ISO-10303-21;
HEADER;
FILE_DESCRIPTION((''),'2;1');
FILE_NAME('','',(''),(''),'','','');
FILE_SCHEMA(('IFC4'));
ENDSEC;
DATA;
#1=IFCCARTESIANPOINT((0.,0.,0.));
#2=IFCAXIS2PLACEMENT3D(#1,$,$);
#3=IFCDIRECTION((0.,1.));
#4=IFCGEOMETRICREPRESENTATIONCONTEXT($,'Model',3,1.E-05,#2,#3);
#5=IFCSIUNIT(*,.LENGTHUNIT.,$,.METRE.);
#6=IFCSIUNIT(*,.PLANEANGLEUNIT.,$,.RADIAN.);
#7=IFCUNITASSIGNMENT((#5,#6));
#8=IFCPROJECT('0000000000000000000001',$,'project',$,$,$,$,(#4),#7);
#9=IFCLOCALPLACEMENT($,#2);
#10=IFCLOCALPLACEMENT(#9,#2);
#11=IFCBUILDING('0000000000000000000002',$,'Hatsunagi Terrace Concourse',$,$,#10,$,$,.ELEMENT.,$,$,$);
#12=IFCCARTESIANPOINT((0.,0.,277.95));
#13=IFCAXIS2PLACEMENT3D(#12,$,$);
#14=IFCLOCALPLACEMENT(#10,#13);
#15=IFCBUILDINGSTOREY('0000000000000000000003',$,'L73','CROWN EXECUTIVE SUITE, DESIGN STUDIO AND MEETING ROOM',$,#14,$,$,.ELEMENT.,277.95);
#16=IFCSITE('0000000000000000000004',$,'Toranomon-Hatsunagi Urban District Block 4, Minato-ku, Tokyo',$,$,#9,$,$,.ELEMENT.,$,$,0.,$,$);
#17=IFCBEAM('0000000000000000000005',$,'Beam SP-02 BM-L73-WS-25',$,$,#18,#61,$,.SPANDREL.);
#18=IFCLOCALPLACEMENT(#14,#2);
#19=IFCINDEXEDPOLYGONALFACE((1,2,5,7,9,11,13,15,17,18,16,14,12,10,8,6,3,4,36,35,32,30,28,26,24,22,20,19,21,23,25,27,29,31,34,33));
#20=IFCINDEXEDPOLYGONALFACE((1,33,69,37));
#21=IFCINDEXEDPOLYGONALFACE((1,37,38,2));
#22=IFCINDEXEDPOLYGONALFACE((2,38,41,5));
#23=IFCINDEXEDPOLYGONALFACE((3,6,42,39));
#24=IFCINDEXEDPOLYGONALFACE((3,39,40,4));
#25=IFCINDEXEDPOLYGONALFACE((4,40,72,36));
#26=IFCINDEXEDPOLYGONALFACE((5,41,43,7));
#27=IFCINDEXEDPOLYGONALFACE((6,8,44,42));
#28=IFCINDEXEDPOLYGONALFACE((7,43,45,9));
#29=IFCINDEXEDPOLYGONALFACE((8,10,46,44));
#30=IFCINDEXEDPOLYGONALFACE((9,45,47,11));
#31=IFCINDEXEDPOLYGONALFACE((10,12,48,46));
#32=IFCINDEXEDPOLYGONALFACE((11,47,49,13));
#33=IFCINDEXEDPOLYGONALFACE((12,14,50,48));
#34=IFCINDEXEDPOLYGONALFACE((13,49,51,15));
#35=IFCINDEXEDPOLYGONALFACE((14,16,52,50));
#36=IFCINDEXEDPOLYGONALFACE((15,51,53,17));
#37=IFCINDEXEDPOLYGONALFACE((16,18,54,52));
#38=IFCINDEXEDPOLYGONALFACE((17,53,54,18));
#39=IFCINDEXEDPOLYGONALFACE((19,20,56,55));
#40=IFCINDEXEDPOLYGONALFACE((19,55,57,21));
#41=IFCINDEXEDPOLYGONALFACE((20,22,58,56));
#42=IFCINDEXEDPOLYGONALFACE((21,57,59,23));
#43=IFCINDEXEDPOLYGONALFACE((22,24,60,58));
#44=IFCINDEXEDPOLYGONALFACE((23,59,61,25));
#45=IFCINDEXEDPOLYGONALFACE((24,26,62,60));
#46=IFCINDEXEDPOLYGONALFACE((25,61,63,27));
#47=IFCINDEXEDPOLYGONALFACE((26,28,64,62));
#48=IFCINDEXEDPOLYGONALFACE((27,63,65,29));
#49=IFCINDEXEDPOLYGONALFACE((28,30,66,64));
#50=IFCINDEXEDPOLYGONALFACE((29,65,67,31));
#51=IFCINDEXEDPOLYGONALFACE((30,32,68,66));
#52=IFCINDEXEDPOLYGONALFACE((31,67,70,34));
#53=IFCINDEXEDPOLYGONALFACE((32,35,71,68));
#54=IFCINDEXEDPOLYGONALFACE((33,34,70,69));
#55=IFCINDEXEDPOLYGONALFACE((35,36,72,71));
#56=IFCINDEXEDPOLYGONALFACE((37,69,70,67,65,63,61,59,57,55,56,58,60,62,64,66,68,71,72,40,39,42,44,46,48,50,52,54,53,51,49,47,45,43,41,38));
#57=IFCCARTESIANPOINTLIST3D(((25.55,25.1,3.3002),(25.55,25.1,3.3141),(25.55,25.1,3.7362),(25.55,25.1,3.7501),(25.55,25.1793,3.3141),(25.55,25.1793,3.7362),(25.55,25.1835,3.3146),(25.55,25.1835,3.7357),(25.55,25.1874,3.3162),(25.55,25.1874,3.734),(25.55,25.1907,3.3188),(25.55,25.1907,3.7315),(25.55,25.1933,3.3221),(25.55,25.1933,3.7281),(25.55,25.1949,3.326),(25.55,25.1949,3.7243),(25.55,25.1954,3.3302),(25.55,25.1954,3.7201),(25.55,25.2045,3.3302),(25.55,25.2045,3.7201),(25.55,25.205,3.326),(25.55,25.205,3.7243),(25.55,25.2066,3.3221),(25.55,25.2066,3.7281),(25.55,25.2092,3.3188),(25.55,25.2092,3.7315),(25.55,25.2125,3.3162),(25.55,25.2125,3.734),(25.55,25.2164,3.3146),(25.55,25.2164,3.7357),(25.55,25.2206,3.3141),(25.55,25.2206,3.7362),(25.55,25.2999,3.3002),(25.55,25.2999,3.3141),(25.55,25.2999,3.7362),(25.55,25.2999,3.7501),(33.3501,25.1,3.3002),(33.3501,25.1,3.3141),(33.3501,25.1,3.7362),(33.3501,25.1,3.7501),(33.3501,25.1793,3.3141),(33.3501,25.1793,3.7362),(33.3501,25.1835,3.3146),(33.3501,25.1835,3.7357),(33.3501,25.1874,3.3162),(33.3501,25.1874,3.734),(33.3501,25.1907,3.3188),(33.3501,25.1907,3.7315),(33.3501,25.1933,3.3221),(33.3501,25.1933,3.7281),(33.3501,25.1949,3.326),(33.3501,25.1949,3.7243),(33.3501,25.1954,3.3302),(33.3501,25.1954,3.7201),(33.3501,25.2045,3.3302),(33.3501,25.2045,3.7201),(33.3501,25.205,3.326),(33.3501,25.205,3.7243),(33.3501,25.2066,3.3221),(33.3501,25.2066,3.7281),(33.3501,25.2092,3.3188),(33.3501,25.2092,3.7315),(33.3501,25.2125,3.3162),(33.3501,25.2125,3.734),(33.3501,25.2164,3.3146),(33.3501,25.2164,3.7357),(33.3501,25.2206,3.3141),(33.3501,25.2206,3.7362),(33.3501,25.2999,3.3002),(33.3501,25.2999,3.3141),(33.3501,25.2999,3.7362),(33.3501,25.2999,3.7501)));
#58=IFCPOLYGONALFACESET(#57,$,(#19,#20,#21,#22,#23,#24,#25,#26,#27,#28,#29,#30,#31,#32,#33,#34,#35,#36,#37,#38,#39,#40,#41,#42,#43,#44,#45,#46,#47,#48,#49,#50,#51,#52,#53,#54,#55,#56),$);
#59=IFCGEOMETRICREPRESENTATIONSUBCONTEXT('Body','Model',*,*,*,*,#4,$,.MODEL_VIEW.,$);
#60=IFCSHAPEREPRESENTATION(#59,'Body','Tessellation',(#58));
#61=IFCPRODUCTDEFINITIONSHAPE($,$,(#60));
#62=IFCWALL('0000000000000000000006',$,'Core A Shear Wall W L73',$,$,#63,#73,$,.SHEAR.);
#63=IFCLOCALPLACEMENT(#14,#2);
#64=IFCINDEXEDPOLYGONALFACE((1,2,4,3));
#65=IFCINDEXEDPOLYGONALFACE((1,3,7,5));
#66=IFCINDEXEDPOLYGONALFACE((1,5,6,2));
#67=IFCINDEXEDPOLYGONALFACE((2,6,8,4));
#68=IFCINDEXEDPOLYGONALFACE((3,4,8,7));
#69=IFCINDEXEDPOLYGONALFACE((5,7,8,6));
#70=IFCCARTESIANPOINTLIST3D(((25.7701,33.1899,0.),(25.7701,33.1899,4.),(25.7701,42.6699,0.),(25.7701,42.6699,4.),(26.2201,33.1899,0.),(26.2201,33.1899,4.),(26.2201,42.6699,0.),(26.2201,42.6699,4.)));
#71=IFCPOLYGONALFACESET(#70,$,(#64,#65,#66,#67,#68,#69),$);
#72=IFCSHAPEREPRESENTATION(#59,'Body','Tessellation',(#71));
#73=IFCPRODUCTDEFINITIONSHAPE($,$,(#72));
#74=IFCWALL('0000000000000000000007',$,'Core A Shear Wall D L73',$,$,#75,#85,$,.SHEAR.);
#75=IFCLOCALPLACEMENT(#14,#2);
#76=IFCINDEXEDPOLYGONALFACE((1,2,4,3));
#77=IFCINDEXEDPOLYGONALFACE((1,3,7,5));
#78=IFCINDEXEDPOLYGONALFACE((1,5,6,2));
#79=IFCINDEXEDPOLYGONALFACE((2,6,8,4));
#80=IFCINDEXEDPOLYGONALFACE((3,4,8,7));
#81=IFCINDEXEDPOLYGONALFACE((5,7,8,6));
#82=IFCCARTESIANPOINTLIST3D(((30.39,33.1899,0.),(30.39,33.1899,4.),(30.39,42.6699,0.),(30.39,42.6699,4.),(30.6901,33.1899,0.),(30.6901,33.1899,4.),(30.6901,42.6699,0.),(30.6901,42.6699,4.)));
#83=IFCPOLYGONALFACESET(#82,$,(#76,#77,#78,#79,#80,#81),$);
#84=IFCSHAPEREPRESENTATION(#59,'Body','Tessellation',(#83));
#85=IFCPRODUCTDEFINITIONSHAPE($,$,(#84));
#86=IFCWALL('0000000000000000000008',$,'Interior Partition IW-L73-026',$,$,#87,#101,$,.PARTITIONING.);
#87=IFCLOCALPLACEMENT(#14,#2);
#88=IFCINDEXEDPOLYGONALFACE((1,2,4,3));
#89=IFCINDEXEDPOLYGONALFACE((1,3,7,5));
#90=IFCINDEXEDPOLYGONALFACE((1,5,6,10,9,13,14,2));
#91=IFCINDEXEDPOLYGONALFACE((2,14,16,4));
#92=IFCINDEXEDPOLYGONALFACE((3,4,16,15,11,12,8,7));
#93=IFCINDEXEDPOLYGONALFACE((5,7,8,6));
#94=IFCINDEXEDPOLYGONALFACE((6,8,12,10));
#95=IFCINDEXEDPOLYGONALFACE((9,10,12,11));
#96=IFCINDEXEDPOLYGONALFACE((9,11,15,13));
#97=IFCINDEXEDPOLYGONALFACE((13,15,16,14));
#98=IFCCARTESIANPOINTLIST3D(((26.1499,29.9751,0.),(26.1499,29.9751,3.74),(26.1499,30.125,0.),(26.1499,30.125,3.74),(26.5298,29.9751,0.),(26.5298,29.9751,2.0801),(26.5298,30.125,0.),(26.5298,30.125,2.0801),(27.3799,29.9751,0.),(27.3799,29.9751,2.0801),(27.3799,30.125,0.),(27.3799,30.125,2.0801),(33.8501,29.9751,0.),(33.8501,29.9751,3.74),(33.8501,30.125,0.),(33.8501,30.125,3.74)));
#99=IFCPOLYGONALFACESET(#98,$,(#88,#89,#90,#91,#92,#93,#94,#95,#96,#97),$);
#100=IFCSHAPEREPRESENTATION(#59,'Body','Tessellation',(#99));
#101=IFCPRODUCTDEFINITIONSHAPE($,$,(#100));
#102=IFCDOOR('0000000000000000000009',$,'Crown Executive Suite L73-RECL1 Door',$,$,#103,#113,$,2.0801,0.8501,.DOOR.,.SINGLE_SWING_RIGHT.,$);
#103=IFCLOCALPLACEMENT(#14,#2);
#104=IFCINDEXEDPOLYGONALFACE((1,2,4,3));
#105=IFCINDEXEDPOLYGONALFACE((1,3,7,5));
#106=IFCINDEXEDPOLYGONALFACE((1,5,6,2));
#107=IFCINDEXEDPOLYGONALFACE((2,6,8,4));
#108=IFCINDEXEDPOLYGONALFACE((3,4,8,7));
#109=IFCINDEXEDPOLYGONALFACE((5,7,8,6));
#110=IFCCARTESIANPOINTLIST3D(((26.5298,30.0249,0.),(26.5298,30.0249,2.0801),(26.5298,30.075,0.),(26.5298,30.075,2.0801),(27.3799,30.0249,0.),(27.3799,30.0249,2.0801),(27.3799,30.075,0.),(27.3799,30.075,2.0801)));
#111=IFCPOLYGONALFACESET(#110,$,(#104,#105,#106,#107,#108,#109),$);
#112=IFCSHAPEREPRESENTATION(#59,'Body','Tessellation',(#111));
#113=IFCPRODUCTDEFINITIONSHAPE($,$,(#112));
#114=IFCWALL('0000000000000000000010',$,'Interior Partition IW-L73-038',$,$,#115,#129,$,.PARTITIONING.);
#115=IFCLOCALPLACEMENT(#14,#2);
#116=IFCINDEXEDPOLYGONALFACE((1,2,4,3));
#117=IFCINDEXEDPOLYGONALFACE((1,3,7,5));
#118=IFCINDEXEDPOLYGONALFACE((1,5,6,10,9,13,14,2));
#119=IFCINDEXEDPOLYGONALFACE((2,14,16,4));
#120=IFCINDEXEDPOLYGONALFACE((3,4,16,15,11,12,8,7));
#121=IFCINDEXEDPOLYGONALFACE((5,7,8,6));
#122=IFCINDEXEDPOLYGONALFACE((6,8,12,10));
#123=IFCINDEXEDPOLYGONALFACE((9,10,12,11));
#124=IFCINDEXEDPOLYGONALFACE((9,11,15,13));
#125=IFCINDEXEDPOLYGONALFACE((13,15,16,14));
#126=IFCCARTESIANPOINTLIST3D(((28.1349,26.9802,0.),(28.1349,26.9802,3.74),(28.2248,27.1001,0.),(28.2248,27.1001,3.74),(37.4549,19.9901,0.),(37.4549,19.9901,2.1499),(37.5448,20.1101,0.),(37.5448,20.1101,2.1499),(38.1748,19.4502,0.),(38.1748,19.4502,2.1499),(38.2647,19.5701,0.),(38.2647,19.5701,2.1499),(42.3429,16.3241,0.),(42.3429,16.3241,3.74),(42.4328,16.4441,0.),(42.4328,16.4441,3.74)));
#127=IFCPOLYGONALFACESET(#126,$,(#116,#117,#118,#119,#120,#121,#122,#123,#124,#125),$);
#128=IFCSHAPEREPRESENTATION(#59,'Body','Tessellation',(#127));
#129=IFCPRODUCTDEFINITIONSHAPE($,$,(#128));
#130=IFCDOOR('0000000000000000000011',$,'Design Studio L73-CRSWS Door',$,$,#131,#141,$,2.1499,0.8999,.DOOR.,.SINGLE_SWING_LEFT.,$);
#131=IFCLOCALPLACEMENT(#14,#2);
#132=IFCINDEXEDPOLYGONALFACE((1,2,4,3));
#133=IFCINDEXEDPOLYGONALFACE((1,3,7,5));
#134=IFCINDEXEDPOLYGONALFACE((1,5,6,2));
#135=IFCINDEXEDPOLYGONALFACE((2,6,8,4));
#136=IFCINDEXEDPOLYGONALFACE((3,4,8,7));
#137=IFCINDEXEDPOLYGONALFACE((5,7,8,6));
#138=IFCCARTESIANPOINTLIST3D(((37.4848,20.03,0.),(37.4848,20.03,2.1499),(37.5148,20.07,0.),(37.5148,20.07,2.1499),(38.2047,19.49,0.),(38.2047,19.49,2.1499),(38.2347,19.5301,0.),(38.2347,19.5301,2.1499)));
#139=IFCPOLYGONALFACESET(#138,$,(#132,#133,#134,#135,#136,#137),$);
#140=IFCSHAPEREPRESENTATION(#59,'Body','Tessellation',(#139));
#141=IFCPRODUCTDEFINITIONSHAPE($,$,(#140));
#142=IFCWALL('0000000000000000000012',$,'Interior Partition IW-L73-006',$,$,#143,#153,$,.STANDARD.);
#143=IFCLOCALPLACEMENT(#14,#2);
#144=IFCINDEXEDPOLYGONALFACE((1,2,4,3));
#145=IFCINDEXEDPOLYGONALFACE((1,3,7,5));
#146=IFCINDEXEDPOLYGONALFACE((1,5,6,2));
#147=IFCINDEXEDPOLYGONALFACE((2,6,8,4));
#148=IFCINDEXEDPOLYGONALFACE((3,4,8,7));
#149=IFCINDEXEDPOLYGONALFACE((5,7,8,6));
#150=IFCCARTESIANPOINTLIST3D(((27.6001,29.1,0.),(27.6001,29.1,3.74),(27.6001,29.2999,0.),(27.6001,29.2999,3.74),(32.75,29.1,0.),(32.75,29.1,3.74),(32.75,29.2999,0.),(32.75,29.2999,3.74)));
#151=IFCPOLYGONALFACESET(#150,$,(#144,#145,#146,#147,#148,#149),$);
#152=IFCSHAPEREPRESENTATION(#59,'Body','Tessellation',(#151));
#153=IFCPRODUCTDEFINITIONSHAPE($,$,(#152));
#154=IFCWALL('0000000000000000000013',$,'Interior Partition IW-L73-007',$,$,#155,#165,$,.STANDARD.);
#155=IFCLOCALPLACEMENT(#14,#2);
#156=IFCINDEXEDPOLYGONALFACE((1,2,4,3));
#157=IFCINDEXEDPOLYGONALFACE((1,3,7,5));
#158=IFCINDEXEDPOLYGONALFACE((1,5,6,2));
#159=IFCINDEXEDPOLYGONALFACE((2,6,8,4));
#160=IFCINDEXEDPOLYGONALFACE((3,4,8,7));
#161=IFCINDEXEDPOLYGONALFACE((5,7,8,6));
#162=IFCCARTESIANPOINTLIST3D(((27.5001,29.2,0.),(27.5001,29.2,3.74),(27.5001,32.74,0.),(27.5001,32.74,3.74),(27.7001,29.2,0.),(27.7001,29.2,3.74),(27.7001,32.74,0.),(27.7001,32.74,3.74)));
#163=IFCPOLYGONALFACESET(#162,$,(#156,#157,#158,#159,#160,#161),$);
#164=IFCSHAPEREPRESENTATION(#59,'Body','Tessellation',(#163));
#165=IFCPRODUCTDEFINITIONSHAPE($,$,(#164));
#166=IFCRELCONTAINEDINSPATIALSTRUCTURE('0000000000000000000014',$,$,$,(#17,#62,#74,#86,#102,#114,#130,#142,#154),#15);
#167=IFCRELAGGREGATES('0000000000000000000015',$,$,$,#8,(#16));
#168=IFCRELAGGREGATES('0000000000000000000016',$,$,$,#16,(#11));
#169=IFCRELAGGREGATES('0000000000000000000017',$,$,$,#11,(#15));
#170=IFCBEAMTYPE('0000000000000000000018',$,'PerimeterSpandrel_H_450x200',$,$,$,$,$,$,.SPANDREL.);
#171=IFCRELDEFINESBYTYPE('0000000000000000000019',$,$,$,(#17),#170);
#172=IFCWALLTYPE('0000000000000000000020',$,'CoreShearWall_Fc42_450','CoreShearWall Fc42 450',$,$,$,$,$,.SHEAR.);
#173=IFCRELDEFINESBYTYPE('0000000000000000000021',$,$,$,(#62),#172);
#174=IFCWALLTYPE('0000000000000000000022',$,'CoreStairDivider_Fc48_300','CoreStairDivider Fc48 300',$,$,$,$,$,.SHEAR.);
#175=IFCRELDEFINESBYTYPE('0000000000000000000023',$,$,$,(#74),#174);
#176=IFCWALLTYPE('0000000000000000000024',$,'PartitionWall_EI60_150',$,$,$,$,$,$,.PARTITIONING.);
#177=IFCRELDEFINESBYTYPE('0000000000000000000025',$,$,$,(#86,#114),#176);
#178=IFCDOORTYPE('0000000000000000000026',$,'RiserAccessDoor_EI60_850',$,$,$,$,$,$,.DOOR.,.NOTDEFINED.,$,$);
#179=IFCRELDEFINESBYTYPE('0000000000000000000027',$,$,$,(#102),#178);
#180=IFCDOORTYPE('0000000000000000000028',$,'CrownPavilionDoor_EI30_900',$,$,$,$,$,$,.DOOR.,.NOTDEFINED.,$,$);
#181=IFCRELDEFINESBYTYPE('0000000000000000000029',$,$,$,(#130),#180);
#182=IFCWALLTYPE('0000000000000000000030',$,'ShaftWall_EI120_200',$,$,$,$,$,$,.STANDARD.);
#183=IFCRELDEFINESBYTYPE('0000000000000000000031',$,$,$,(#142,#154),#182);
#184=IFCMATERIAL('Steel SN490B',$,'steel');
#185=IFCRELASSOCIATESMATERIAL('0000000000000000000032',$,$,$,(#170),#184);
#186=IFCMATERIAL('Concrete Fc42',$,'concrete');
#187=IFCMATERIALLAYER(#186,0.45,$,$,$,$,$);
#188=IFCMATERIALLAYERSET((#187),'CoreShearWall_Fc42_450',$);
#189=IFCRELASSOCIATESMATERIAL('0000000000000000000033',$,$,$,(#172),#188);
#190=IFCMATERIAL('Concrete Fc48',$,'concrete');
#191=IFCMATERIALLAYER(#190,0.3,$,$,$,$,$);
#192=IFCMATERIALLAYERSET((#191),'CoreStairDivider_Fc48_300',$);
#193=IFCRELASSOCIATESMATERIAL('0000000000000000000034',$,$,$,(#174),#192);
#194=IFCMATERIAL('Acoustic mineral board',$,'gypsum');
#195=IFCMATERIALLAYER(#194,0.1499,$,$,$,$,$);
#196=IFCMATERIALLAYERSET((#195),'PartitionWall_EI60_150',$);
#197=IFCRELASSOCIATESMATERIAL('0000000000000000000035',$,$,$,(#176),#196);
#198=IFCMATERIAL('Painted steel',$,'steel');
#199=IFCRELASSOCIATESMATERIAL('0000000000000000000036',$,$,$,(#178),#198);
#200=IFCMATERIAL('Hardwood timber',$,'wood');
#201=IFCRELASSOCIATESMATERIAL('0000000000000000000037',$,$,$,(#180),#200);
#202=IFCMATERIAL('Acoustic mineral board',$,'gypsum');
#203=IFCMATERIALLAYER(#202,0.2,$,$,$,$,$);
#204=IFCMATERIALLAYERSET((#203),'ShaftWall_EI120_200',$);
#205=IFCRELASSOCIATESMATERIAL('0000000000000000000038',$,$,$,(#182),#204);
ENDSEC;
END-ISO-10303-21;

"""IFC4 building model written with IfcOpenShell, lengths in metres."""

from ifc_helpers import new_model, si_unit, direction, frame, frame_2d, origin, origin_2d, place, context, subcontext, project, spatial, rectangle, i_section, extrude, material, layer, layer_set, material_profile, profile_set, type_object, element, fill, save


model = new_model("IFC4")

# Units and contexts
model_context = context("Model", 3, precision=1e-05, world=origin(), true_north=direction((0.0, 1.0)))
body_context = subcontext(model_context, "Body", "Model", "MODEL_VIEW")
ifc_project = project(units=[si_unit("LENGTHUNIT", "METRE"), si_unit("PLANEANGLEUNIT", "RADIAN")], contexts=[model_context])

# Site, building, storey
site_placement = place(None, origin())
site = spatial("IfcSite", under=ifc_project, at=site_placement, Name="Toranomon-Hatsunagi Urban District Block 4, Minato-ku, Tokyo", CompositionType="ELEMENT", RefElevation=0.0)
building_placement = place(site_placement, origin())
building = spatial("IfcBuilding", under=site, at=building_placement, Name="Hatsunagi Terrace Concourse", CompositionType="ELEMENT")
storey_placement = place(building_placement, frame((0.0, 0.0, 277.95)))
storey = spatial("IfcBuildingStorey", under=building, at=storey_placement, Name="L73", Description="CROWN EXECUTIVE SUITE, DESIGN STUDIO AND MEETING ROOM", CompositionType="ELEMENT", Elevation=277.95)

# Beam
ifc_material_1 = material(Name="Steel SN490B", Category="steel")
ifc_material_profile_1 = material_profile(ifc_material_1, i_section(OverallWidth=0.2, OverallDepth=0.45, WebThickness=0.009, FlangeThickness=0.0139, FilletRadius=0.0161, at=origin_2d()), Name="H-450x200x9x14")
ifc_profile_set_1 = profile_set([ifc_material_profile_1], Name="Steel SN490B")
beam_type_1 = type_object("IfcBeamType", Name="PerimeterSpandrel_H_450x200", PredefinedType="SPANDREL", material=ifc_profile_set_1)
beam_1_placement = place(storey_placement, frame((25.55, 25.2, 3.5251), z_axis=(1.0, 0.0, 0.0), x_axis=(0.0, 1.0, 0.0)))
element("IfcBeam", 1, at=beam_1_placement, inside=storey, type_object=beam_type_1, Name="Beam SP-02 BM-L73-WS-25", PredefinedType="SPANDREL", context=body_context, shape_type="SweptSolid", body=[
    extrude(i_section(OverallWidth=0.2, OverallDepth=0.45, WebThickness=0.009, FlangeThickness=0.0139, FilletRadius=0.0161, at=origin_2d()), origin(), (0.0, 0.0, 1.0), 7.8),
])

# Shared definitions
ifc_material_2 = material(Name="Concrete Fc42", Category="concrete")
ifc_layer_1 = layer(ifc_material_2, 0.45)
ifc_layer_set_1 = layer_set([ifc_layer_1], Name="CoreShearWall_Fc42_450")
wall_type_1 = type_object("IfcWallType", Name="CoreShearWall_Fc42_450", Description="CoreShearWall Fc42 450", PredefinedType="SHEAR", material=ifc_layer_set_1)

# Walls
wall_1_placement = place(storey_placement, frame((25.9951, 33.1899, 0.0), z_axis=(0.0, 0.0, 1.0), x_axis=(0.0, 1.0, 0.0)))
element("IfcWall", 2, at=wall_1_placement, inside=storey, type_object=wall_type_1, Name="Core A Shear Wall W L73", PredefinedType="SHEAR", context=body_context, shape_type="SweptSolid", body=[
    extrude(rectangle(XDim=9.48, YDim=0.45, at=frame_2d((4.74, 0.0))), origin(), (0.0, 0.0, 1.0), 4.0),
])
ifc_material_3 = material(Name="Concrete Fc48", Category="concrete")
ifc_layer_2 = layer(ifc_material_3, 0.3)
ifc_layer_set_2 = layer_set([ifc_layer_2], Name="CoreStairDivider_Fc48_300")
wall_type_2 = type_object("IfcWallType", Name="CoreStairDivider_Fc48_300", Description="CoreStairDivider Fc48 300", PredefinedType="SHEAR", material=ifc_layer_set_2)
wall_2_placement = place(storey_placement, frame((30.54, 33.1899, 0.0), z_axis=(0.0, 0.0, 1.0), x_axis=(0.0, 1.0, 0.0)))
element("IfcWall", 3, at=wall_2_placement, inside=storey, type_object=wall_type_2, Name="Core A Shear Wall D L73", PredefinedType="SHEAR", context=body_context, shape_type="SweptSolid", body=[
    extrude(rectangle(XDim=9.48, YDim=0.3, at=frame_2d((4.74, 0.0))), origin(), (0.0, 0.0, 1.0), 4.0),
])

# Walls, openings, doors
ifc_material_4 = material(Name="Acoustic mineral board", Category="gypsum")
ifc_layer_3 = layer(ifc_material_4, 0.1499)
ifc_layer_set_3 = layer_set([ifc_layer_3], Name="PartitionWall_EI60_150")
wall_type_3 = type_object("IfcWallType", Name="PartitionWall_EI60_150", PredefinedType="PARTITIONING", material=ifc_layer_set_3)
wall_3_placement = place(storey_placement, frame((26.1499, 30.05, 0.0), z_axis=(0.0, 0.0, 1.0), x_axis=(1.0, 0.0, 0.0)))
wall_3 = element("IfcWall", 4, at=wall_3_placement, inside=storey, type_object=wall_type_3, Name="Interior Partition IW-L73-026", PredefinedType="PARTITIONING", context=body_context, shape_type="SweptSolid", body=[
    extrude(rectangle(XDim=7.7002, YDim=0.1499, at=frame_2d((3.8501, 0.0))), origin(), (0.0, 0.0, 1.0), 3.74),
])
opening_1_placement = place(wall_3_placement, frame((0.3799, 0.0, 0.0)))
opening_1 = element("IfcOpeningElement", 5, at=opening_1_placement, cuts=wall_3, PredefinedType="OPENING", context=body_context, shape_type="SweptSolid", body=[
    extrude(rectangle(XDim=0.8501, YDim=2.0801, at=frame_2d((0.425, 1.04))), frame((0.0, 0.085, 0.0), z_axis=(0.0, -1.0, 0.0), x_axis=(1.0, 0.0, 0.0)), (0.0, 0.0, 1.0), 0.1699),
])
ifc_material_5 = material(Name="Painted steel", Category="steel")
door_type_1 = type_object("IfcDoorType", Name="RiserAccessDoor_EI60_850", OperationType="NOTDEFINED", PredefinedType="DOOR", material=ifc_material_5)
door_1_placement = place(opening_1_placement, origin())
door_1 = element("IfcDoor", 6, at=door_1_placement, inside=storey, type_object=door_type_1, Name="Crown Executive Suite L73-RECL1 Door", OperationType="SINGLE_SWING_RIGHT", OverallHeight=2.0801, OverallWidth=0.8501, PredefinedType="DOOR", context=body_context, shape_type="SweptSolid", body=[
    extrude(rectangle(XDim=0.8501, YDim=2.0801, at=frame_2d((0.425, 1.04))), frame((0.0, 0.0249, 0.0), z_axis=(0.0, -1.0, 0.0), x_axis=(1.0, 0.0, 0.0)), (0.0, 0.0, 1.0), 0.05),
])
fill(opening_1, door_1)
wall_4_placement = place(storey_placement, frame((28.1799, 27.04, 0.0), z_axis=(0.0, 0.0, 1.0), x_axis=(0.8, -0.6, 0.0)))
wall_4 = element("IfcWall", 7, at=wall_4_placement, inside=storey, type_object=wall_type_3, Name="Interior Partition IW-L73-038", PredefinedType="PARTITIONING", context=body_context, shape_type="SweptSolid", body=[
    extrude(rectangle(XDim=17.76, YDim=0.1499, at=frame_2d((8.8799, 0.0))), origin(), (0.0, 0.0, 1.0), 3.74),
])
opening_2_placement = place(wall_4_placement, frame((11.6499, 0.0, 0.0)))
opening_2 = element("IfcOpeningElement", 8, at=opening_2_placement, cuts=wall_4, PredefinedType="OPENING", context=body_context, shape_type="SweptSolid", body=[
    extrude(rectangle(XDim=0.8999, YDim=2.1499, at=frame_2d((0.45, 1.075))), frame((0.0, 0.085, 0.0), z_axis=(0.0, -1.0, 0.0), x_axis=(1.0, 0.0, 0.0)), (0.0, 0.0, 1.0), 0.1699),
])
ifc_material_6 = material(Name="Hardwood timber", Category="wood")
door_type_2 = type_object("IfcDoorType", Name="CrownPavilionDoor_EI30_900", OperationType="NOTDEFINED", PredefinedType="DOOR", material=ifc_material_6)
door_2_placement = place(opening_2_placement, origin())
door_2 = element("IfcDoor", 9, at=door_2_placement, inside=storey, type_object=door_type_2, Name="Design Studio L73-CRSWS Door", OperationType="SINGLE_SWING_LEFT", OverallHeight=2.1499, OverallWidth=0.8999, PredefinedType="DOOR", context=body_context, shape_type="SweptSolid", body=[
    extrude(rectangle(XDim=0.8999, YDim=2.1499, at=frame_2d((0.45, 1.075))), frame((0.0, 0.0249, 0.0), z_axis=(0.0, -1.0, 0.0), x_axis=(1.0, 0.0, 0.0)), (0.0, 0.0, 1.0), 0.05),
])
fill(opening_2, door_2)

# Walls
ifc_material_7 = material(Name="Acoustic mineral board", Category="gypsum")
ifc_layer_4 = layer(ifc_material_7, 0.2)
ifc_layer_set_4 = layer_set([ifc_layer_4], Name="ShaftWall_EI120_200")
wall_type_4 = type_object("IfcWallType", Name="ShaftWall_EI120_200", PredefinedType="STANDARD", material=ifc_layer_set_4)
wall_5_placement = place(storey_placement, frame((27.6001, 29.2, 0.0), z_axis=(0.0, 0.0, 1.0), x_axis=(1.0, 0.0, 0.0)))
element("IfcWall", 10, at=wall_5_placement, inside=storey, type_object=wall_type_4, Name="Interior Partition IW-L73-006", PredefinedType="STANDARD", context=body_context, shape_type="SweptSolid", body=[
    extrude(rectangle(XDim=5.1499, YDim=0.2, at=frame_2d((2.575, 0.0))), origin(), (0.0, 0.0, 1.0), 3.74),
])
wall_6_placement = place(storey_placement, frame((27.6001, 29.2, 0.0), z_axis=(0.0, 0.0, 1.0), x_axis=(0.0, 1.0, 0.0)))
element("IfcWall", 11, at=wall_6_placement, inside=storey, type_object=wall_type_4, Name="Interior Partition IW-L73-007", PredefinedType="STANDARD", context=body_context, shape_type="SweptSolid", body=[
    extrude(rectangle(XDim=3.54, YDim=0.2, at=frame_2d((1.77, 0.0))), origin(), (0.0, 0.0, 1.0), 3.74),
])

save(model, "model.ifc")
